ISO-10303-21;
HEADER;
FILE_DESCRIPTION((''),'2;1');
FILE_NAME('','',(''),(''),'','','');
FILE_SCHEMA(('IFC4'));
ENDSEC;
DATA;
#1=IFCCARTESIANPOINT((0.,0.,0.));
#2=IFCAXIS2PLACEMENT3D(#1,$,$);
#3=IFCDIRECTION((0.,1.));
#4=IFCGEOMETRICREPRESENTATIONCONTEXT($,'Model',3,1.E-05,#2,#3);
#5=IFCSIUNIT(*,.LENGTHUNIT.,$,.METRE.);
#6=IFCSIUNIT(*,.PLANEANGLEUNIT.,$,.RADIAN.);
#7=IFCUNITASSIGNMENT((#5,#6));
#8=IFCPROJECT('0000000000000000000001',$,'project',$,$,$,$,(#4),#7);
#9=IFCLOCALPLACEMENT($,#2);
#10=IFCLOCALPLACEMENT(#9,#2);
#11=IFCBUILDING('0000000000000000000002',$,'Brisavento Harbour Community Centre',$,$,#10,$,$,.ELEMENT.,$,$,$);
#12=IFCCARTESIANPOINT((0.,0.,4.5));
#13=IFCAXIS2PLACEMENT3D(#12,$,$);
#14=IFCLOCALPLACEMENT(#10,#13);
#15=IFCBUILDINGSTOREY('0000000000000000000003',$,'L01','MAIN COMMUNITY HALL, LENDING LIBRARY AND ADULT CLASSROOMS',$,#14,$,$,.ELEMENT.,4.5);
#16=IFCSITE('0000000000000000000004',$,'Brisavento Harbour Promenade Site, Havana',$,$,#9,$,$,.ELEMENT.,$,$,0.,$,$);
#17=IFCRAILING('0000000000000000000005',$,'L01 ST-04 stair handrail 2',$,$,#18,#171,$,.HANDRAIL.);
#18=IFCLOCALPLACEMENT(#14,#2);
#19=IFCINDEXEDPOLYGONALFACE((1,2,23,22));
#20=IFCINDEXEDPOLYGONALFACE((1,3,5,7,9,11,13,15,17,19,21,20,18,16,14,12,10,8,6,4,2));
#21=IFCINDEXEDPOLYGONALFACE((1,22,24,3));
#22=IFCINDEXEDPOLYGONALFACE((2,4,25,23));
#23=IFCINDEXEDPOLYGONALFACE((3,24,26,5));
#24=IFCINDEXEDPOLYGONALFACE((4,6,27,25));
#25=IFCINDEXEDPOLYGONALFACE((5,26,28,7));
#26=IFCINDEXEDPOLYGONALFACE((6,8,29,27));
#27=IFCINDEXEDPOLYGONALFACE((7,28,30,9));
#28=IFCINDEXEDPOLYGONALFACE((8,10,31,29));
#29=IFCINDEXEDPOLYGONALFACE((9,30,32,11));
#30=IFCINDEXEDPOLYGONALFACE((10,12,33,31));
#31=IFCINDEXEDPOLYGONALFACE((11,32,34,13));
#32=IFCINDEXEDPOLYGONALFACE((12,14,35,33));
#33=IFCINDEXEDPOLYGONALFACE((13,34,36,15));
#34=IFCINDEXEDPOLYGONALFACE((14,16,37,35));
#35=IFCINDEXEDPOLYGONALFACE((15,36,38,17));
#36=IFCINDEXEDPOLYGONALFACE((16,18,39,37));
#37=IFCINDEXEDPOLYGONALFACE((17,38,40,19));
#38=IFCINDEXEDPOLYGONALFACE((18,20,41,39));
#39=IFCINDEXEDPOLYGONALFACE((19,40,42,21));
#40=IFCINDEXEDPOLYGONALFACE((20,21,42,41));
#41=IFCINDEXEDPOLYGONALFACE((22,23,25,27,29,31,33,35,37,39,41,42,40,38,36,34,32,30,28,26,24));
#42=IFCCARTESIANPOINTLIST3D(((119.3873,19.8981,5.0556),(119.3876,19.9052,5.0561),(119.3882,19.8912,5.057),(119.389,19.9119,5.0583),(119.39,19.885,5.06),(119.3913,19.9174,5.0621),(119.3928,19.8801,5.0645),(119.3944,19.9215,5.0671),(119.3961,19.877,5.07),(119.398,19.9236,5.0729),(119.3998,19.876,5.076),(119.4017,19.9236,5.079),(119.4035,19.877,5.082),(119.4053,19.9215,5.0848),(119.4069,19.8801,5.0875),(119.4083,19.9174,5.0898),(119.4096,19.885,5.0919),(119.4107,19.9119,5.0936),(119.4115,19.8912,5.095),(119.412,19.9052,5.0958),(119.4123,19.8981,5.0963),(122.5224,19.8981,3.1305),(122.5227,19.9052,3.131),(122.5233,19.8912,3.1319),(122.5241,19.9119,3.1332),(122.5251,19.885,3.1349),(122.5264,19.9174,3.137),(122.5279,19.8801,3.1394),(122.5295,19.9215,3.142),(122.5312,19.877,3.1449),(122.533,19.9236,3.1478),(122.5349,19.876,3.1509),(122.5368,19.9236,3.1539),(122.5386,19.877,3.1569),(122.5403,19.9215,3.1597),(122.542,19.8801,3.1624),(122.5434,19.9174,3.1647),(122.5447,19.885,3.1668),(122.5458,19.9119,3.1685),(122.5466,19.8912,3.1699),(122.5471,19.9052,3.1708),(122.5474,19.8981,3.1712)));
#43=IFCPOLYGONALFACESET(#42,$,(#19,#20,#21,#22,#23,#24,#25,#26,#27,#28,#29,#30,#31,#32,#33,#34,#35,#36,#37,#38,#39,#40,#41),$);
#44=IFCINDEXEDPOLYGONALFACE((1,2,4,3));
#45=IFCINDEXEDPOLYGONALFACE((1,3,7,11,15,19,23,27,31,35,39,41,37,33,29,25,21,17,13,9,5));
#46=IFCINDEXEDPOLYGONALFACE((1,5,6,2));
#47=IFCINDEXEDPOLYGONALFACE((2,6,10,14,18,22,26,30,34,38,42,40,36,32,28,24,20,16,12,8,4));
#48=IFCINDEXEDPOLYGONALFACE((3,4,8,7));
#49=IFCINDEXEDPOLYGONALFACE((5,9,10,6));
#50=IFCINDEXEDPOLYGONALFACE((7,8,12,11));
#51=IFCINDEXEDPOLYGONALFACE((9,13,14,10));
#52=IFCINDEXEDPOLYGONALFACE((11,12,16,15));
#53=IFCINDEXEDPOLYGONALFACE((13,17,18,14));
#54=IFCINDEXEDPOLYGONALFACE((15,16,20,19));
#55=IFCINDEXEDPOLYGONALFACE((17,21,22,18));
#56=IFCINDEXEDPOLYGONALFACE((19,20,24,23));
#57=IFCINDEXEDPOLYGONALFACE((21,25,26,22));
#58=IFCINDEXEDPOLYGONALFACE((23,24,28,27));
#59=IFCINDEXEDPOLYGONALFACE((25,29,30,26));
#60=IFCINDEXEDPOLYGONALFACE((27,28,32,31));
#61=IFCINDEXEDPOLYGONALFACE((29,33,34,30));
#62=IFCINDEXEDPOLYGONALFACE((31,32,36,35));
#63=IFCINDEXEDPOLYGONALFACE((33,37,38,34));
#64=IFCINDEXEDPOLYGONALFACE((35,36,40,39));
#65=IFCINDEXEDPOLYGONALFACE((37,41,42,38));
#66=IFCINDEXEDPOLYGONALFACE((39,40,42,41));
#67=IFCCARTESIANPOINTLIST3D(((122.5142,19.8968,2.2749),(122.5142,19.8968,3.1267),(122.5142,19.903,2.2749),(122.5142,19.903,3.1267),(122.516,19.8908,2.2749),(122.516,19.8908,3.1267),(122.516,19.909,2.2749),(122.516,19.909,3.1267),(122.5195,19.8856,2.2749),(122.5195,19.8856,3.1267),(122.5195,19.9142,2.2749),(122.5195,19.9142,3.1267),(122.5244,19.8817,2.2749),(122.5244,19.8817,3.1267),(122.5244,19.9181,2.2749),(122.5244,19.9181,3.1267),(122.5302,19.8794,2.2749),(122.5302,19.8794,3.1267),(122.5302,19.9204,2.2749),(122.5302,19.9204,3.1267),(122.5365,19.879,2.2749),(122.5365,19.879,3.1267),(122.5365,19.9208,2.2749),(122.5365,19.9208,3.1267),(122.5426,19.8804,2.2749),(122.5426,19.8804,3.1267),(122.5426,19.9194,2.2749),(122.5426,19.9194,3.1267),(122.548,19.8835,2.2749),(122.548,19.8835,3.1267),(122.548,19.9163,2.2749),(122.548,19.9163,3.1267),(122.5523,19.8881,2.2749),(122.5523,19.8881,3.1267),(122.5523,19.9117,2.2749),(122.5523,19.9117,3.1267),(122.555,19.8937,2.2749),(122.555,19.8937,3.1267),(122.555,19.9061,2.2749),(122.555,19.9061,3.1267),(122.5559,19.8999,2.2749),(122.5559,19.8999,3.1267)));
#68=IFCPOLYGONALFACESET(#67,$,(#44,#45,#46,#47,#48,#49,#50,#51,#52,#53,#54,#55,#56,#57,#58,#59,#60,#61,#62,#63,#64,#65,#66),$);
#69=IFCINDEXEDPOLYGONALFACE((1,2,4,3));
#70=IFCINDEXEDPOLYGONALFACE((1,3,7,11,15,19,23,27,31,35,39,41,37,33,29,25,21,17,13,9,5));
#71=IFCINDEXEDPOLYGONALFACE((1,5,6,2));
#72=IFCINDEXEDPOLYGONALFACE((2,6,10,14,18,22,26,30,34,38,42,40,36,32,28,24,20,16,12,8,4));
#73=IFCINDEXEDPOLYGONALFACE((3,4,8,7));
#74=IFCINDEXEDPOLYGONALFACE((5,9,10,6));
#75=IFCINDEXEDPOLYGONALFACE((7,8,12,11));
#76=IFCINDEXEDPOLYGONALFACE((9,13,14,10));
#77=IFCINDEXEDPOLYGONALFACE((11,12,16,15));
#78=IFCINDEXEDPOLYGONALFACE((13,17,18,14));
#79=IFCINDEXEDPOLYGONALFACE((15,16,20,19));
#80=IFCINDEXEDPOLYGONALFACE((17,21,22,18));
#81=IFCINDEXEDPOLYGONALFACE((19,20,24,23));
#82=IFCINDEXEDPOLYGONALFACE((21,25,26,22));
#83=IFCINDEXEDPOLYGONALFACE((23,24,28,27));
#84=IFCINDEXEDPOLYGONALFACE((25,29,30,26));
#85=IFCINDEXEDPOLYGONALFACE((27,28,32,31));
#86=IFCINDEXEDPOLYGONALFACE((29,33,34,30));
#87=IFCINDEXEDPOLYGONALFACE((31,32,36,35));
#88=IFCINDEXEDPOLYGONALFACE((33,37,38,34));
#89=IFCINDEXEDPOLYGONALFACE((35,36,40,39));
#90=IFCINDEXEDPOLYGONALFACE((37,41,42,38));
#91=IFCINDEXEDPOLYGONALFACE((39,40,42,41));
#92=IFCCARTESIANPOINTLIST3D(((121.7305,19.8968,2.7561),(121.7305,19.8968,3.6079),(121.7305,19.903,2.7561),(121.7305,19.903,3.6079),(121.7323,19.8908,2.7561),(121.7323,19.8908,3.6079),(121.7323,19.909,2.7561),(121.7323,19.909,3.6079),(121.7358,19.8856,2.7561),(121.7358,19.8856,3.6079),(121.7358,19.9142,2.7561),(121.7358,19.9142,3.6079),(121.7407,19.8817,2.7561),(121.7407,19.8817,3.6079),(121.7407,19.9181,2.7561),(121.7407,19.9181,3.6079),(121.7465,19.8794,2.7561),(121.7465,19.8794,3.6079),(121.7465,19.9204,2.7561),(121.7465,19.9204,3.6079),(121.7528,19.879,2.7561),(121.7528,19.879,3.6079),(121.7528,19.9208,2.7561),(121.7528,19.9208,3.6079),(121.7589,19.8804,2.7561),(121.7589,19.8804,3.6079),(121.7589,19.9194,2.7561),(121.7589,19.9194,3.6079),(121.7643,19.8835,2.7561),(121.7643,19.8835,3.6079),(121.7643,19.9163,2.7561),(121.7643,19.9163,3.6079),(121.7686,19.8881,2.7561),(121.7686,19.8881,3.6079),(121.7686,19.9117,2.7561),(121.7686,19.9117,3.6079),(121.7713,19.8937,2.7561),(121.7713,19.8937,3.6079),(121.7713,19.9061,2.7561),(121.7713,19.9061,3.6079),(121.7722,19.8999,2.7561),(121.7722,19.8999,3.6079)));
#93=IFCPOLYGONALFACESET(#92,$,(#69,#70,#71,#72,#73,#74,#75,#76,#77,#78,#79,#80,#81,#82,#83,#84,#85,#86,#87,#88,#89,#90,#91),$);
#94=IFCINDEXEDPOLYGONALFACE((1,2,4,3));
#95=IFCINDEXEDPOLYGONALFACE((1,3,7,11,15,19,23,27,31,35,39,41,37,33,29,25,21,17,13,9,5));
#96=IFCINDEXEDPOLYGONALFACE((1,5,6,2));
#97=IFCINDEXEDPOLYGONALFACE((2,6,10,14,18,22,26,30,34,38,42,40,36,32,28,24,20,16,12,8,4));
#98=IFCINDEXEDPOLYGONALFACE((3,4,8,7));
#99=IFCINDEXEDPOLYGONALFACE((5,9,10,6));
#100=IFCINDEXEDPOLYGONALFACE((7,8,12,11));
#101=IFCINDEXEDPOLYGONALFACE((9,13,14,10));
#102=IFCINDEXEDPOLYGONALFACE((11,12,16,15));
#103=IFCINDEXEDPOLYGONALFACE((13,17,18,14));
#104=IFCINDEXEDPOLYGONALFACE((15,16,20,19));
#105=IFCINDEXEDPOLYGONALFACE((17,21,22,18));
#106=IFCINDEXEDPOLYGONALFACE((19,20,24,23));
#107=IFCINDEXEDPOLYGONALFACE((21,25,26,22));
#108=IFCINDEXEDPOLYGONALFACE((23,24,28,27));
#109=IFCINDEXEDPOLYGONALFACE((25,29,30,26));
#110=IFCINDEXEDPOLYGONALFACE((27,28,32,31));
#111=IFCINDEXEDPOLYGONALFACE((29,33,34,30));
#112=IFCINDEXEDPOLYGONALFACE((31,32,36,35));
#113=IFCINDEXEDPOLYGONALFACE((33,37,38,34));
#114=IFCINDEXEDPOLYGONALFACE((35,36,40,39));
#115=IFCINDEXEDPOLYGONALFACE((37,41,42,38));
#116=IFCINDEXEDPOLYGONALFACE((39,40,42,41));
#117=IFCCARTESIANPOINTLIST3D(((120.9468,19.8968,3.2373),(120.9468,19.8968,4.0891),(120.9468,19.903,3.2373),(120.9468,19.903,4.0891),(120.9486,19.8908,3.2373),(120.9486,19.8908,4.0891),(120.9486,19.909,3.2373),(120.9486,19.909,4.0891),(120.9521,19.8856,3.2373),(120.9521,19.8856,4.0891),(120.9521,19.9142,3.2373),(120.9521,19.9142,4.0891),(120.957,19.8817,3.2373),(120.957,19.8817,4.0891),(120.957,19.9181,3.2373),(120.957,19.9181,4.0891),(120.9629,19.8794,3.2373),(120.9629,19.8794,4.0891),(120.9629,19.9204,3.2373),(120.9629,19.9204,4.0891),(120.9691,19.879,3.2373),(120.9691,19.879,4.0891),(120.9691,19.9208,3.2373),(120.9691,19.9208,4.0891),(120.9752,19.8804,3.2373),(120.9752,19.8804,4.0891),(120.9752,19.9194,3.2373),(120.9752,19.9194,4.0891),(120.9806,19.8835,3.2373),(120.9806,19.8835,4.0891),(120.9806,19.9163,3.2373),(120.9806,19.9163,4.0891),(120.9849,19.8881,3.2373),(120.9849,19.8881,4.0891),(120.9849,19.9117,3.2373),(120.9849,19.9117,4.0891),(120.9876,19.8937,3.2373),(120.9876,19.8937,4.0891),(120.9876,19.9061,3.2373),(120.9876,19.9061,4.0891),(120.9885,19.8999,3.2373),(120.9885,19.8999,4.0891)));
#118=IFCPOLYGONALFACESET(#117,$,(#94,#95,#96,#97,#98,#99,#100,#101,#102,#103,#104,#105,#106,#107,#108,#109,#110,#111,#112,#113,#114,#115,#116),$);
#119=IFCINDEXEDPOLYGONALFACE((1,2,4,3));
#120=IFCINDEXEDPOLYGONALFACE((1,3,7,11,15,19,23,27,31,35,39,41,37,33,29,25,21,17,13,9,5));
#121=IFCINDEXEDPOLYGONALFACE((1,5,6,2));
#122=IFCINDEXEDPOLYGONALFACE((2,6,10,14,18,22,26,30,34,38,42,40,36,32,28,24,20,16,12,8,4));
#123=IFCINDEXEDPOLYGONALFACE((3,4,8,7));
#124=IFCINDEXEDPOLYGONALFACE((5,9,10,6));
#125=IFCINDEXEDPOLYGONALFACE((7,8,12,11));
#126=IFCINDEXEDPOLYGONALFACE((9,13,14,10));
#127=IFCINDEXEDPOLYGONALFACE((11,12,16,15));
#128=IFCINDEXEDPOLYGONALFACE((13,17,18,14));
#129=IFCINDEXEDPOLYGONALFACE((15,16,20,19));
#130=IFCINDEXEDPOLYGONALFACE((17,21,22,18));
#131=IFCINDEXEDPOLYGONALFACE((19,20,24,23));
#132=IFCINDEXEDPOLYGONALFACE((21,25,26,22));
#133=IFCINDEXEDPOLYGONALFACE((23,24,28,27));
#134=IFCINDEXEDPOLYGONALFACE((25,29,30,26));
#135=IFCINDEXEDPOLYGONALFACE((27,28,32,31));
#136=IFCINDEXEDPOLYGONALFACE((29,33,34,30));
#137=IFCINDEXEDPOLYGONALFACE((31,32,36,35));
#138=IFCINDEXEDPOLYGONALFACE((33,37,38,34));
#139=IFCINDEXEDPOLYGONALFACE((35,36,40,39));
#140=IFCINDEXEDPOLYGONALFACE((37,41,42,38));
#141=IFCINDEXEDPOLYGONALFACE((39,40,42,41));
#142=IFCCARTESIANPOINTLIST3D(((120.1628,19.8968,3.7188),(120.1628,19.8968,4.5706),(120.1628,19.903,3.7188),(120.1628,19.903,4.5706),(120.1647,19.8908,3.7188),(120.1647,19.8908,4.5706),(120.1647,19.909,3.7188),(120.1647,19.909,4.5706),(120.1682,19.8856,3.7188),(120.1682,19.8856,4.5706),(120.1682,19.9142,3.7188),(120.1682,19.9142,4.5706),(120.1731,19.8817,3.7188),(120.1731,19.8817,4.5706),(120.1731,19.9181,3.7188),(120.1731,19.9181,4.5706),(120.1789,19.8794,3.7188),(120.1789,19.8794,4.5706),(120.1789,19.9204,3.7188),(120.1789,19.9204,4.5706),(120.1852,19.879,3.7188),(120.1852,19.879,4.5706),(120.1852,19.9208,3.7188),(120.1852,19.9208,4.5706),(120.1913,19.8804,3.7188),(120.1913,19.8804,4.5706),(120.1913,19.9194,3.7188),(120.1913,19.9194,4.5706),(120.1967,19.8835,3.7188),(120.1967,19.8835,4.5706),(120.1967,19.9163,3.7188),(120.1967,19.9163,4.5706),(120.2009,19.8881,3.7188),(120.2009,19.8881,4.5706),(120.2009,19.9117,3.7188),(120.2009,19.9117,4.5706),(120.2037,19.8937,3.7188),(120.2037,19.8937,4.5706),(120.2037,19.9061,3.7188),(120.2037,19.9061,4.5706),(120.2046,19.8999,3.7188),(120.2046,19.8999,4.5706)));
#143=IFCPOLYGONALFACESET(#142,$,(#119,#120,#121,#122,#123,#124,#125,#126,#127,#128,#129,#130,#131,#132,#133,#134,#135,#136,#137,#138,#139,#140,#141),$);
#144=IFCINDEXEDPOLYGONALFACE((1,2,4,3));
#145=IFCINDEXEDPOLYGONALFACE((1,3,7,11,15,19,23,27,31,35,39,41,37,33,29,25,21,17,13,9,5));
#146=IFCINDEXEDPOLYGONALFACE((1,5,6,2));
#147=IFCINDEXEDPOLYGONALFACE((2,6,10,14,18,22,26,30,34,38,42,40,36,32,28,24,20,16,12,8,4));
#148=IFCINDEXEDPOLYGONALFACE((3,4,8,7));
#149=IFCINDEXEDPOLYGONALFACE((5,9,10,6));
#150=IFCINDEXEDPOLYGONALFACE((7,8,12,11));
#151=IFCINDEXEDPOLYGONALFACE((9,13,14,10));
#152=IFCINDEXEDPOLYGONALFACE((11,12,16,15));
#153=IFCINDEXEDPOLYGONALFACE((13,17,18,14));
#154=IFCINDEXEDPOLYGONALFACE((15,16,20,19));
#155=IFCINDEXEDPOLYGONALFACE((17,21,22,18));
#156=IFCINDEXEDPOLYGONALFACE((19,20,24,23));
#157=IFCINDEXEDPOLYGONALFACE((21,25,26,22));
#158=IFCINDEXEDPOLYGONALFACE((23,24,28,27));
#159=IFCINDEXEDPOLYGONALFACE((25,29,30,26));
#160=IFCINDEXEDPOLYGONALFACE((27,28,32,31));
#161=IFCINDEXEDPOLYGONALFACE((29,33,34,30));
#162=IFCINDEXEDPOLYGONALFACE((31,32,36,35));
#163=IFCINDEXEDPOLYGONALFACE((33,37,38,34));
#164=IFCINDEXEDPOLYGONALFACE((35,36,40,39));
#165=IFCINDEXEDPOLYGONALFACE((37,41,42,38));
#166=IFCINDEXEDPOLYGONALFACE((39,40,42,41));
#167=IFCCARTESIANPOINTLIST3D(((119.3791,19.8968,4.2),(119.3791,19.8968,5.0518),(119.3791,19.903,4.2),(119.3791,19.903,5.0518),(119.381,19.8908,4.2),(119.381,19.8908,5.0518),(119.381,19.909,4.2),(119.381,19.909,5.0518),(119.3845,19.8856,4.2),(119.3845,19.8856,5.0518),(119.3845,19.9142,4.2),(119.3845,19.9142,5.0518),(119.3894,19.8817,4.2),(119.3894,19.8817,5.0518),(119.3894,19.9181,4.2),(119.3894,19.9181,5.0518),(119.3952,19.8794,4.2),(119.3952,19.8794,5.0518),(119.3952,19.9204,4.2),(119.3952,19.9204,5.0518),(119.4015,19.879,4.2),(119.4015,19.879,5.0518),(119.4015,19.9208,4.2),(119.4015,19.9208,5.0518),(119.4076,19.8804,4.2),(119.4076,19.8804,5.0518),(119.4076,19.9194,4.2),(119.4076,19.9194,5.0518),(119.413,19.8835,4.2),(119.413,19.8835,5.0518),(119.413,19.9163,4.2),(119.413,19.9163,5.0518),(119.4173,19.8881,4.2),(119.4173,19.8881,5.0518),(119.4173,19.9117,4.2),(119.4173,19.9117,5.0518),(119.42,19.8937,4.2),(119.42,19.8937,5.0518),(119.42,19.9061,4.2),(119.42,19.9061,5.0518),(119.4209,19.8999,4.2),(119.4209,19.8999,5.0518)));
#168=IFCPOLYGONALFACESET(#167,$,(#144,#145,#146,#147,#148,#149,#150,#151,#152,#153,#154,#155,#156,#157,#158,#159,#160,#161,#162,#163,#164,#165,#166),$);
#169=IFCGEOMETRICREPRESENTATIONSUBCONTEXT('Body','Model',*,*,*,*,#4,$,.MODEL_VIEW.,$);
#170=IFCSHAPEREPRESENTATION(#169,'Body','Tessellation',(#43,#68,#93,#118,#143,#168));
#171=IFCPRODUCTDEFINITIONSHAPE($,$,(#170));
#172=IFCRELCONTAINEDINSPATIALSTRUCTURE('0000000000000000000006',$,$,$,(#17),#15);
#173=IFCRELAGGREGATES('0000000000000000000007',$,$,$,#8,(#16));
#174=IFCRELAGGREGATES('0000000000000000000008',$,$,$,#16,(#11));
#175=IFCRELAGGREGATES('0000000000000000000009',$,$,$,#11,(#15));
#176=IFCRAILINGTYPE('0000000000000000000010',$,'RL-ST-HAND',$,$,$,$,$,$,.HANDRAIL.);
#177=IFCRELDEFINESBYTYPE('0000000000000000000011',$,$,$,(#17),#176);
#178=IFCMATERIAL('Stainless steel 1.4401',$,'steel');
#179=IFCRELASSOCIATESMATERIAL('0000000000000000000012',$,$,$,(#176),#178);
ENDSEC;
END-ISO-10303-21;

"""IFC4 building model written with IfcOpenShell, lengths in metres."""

from ifc_helpers import new_model, si_unit, direction, frame, origin, origin_2d, place, context, subcontext, project, spatial, circle, extrude, material, type_object, element, save


model = new_model("IFC4")

# Units and contexts
model_context = context("Model", 3, precision=1e-05, world=origin(), true_north=direction((0.0, 1.0)))
body_context = subcontext(model_context, "Body", "Model", "MODEL_VIEW")
ifc_project = project(units=[si_unit("LENGTHUNIT", "METRE"), si_unit("PLANEANGLEUNIT", "RADIAN")], contexts=[model_context])

# Site, building, storey
site_placement = place(None, origin())
site = spatial("IfcSite", under=ifc_project, at=site_placement, Name="Brisavento Harbour Promenade Site, Havana", CompositionType="ELEMENT", RefElevation=0.0)
building_placement = place(site_placement, origin())
building = spatial("IfcBuilding", under=site, at=building_placement, Name="Brisavento Harbour Community Centre", CompositionType="ELEMENT")
storey_placement = place(building_placement, frame((0.0, 0.0, 4.5)))
storey = spatial("IfcBuildingStorey", under=building, at=storey_placement, Name="L01", Description="MAIN COMMUNITY HALL, LENDING LIBRARY AND ADULT CLASSROOMS", CompositionType="ELEMENT", Elevation=4.5)

# Railing
ifc_material_1 = material(Name="Stainless steel 1.4401", Category="steel")
railing_type_1 = type_object("IfcRailingType", Name="RL-ST-HAND", PredefinedType="HANDRAIL", material=ifc_material_1)
railing_1_placement = place(storey_placement, frame((122.5349, 19.8999, 2.2749)))
element("IfcRailing", 1, at=railing_1_placement, inside=storey, type_object=railing_type_1, Name="L01 ST-04 stair handrail 2", PredefinedType="HANDRAIL", context=body_context, shape_type="SweptSolid", body=[
    extrude(circle(Radius=0.0239, at=origin_2d()), frame((0.0, 0.0, 0.876), z_axis=(-0.852166, 0.0, 0.523271), x_axis=(0.0, -1.0, 0.0)), (0.0, 0.0, 1.0), 3.679),
    extrude(circle(Radius=0.021, at=origin_2d()), origin(), (0.0, 0.0, 1.0), 0.8518),
    extrude(circle(Radius=0.021, at=origin_2d()), frame((-0.7837, 0.0, 0.4812)), (0.0, 0.0, 1.0), 0.8518),
    extrude(circle(Radius=0.021, at=origin_2d()), frame((-1.5674, 0.0, 0.9624)), (0.0, 0.0, 1.0), 0.8518),
    extrude(circle(Radius=0.021, at=origin_2d()), frame((-2.3513, 0.0, 1.4438)), (0.0, 0.0, 1.0), 0.8518),
    extrude(circle(Radius=0.021, at=origin_2d()), frame((-3.135, 0.0, 1.925)), (0.0, 0.0, 1.0), 0.8518),
])

save(model, "model.ifc")
